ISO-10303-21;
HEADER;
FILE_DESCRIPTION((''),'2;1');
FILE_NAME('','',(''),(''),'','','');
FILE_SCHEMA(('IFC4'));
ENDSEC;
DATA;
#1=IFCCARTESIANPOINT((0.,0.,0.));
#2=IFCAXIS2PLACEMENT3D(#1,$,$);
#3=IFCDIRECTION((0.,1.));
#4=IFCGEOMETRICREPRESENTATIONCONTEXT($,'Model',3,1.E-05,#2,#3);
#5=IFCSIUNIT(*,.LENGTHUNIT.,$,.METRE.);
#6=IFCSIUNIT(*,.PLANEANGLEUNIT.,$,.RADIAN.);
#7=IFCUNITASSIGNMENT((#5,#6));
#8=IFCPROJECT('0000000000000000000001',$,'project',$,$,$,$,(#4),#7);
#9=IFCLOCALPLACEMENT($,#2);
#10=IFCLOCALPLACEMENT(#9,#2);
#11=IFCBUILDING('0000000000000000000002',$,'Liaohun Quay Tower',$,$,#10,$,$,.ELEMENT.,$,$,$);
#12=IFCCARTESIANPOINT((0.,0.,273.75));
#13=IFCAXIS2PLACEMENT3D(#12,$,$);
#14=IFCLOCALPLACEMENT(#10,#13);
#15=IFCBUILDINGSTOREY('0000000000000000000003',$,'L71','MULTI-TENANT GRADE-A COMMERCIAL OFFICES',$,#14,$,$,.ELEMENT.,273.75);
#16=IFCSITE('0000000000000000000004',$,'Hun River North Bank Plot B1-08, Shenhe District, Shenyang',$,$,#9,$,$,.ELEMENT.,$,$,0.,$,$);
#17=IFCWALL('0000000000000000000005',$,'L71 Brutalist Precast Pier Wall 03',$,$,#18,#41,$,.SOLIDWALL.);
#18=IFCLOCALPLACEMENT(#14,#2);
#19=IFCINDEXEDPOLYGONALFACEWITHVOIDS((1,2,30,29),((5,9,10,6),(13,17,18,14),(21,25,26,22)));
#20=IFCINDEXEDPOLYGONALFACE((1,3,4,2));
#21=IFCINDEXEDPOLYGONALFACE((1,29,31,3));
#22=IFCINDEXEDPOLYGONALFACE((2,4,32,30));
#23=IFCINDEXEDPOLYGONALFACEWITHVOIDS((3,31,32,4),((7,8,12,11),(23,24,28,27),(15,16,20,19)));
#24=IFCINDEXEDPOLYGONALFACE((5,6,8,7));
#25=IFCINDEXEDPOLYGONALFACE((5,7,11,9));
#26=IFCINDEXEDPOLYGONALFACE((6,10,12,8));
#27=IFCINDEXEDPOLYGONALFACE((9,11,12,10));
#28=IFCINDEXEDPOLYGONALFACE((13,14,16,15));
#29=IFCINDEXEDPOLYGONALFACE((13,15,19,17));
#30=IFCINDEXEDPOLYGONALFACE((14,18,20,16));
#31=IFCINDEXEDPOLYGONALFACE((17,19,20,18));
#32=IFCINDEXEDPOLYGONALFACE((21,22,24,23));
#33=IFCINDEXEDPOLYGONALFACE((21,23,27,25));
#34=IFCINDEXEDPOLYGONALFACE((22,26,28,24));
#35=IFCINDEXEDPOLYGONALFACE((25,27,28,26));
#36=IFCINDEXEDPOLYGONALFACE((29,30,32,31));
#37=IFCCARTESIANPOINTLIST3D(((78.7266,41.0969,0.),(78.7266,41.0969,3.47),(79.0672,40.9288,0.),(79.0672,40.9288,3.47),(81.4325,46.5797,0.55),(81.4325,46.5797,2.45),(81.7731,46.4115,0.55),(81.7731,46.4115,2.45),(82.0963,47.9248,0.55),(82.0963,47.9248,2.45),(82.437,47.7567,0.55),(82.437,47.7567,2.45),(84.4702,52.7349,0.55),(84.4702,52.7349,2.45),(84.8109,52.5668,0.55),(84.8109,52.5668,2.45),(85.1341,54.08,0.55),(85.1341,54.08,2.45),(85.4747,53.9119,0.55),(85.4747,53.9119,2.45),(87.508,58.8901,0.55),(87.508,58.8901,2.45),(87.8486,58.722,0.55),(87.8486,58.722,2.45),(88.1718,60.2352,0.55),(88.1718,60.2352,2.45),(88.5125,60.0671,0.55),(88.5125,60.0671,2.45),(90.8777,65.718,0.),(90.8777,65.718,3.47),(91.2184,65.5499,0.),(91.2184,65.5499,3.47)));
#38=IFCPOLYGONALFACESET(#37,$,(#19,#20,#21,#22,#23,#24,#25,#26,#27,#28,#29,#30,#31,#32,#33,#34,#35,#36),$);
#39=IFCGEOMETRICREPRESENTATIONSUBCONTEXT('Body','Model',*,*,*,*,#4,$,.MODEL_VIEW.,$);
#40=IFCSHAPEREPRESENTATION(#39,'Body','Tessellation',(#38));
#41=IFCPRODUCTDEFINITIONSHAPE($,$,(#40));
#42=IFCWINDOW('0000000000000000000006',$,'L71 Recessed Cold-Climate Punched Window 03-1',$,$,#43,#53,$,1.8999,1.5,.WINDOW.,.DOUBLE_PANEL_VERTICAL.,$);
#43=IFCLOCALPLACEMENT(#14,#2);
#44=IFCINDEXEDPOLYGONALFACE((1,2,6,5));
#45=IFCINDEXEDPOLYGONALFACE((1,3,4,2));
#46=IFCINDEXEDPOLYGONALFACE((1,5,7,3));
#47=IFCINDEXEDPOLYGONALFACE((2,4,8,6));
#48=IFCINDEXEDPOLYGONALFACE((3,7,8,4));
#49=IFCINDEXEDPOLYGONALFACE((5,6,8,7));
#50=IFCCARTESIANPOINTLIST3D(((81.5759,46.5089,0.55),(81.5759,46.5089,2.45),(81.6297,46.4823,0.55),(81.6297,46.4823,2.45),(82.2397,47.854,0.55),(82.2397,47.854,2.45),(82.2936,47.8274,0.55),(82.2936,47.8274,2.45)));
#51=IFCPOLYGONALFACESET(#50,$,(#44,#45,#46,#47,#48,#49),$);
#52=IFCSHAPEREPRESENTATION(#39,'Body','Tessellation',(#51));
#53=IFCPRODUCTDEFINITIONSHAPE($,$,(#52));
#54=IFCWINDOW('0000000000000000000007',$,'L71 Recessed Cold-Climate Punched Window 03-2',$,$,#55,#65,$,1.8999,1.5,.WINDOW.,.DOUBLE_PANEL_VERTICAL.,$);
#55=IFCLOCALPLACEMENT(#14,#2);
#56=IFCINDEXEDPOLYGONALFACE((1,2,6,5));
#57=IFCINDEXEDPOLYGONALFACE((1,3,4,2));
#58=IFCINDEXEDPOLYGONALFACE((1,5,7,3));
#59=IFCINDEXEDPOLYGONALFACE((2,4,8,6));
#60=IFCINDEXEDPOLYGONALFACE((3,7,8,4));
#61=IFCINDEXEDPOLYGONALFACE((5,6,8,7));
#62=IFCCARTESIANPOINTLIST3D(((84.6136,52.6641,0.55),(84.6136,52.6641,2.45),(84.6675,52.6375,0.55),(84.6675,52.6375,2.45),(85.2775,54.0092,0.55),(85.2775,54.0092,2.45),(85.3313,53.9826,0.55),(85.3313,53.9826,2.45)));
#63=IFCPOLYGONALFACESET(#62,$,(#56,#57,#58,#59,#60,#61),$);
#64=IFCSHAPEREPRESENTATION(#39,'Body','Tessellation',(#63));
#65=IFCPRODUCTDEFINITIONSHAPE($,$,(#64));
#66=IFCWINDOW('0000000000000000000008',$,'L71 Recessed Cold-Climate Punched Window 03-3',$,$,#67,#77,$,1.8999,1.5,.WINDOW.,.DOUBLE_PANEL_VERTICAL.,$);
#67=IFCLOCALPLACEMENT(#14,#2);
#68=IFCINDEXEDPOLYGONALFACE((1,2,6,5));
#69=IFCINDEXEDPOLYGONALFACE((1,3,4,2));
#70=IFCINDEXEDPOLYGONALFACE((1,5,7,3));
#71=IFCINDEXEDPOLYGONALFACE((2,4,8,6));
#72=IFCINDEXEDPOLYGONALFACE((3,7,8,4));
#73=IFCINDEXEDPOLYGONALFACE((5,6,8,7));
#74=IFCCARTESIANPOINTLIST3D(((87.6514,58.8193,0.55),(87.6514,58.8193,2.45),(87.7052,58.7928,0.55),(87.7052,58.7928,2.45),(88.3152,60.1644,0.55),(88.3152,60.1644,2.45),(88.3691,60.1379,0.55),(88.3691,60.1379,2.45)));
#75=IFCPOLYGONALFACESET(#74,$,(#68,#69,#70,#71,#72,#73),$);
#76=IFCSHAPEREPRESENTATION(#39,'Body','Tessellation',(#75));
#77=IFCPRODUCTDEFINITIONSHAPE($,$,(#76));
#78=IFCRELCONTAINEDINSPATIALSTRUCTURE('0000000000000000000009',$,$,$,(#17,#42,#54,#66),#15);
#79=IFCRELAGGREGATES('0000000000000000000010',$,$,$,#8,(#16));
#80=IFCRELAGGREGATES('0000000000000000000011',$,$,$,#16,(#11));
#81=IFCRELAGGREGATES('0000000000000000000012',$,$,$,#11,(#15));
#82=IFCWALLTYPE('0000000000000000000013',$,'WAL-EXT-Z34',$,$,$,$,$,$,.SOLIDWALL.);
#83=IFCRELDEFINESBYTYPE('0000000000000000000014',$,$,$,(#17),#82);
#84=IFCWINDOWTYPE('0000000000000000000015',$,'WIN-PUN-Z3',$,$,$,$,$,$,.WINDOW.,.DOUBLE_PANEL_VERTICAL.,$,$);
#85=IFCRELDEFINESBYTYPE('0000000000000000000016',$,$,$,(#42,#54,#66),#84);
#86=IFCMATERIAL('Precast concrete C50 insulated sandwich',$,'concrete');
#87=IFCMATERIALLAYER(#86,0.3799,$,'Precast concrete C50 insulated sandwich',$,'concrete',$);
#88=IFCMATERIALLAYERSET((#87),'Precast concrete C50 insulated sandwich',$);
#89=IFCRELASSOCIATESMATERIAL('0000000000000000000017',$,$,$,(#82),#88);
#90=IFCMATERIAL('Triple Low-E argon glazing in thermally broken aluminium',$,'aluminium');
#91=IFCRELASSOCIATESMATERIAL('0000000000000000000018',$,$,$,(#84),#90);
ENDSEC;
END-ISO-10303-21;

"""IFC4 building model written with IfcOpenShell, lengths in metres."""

from ifc_helpers import new_model, si_unit, direction, frame, frame_2d, origin, place, context, subcontext, project, spatial, rectangle, extrude, source, transform, mapped, material, layer, layer_set, type_object, element, fill, save


model = new_model("IFC4")

# Units and contexts
model_context = context("Model", 3, precision=1e-05, world=origin(), true_north=direction((0.0, 1.0)))
body_context = subcontext(model_context, "Body", "Model", "MODEL_VIEW")
ifc_project = project(units=[si_unit("LENGTHUNIT", "METRE"), si_unit("PLANEANGLEUNIT", "RADIAN")], contexts=[model_context])

# Site, building, storey
site_placement = place(None, origin())
site = spatial("IfcSite", under=ifc_project, at=site_placement, Name="Hun River North Bank Plot B1-08, Shenhe District, Shenyang", CompositionType="ELEMENT", RefElevation=0.0)
building_placement = place(site_placement, origin())
building = spatial("IfcBuilding", under=site, at=building_placement, Name="Liaohun Quay Tower", CompositionType="ELEMENT")
storey_placement = place(building_placement, frame((0.0, 0.0, 273.75)))
storey = spatial("IfcBuildingStorey", under=building, at=storey_placement, Name="L71", Description="MULTI-TENANT GRADE-A COMMERCIAL OFFICES", CompositionType="ELEMENT", Elevation=273.75)

# Shared definitions
ifc_material_1 = material(Name="Precast concrete C50 insulated sandwich", Category="concrete")
ifc_layer_1 = layer(ifc_material_1, 0.3799, Name="Precast concrete C50 insulated sandwich", Category="concrete")
ifc_layer_set_1 = layer_set([ifc_layer_1], Name="Precast concrete C50 insulated sandwich")
wall_type_1 = type_object("IfcWallType", Name="WAL-EXT-Z34", PredefinedType="SOLIDWALL", material=ifc_layer_set_1)

# Wall, openings, windows
shared_shape_1 = source(origin(), body_context, "Body", "SweptSolid", [
    extrude(rectangle(XDim=1.5, YDim=1.8999, at=frame_2d((0.75, 0.95))), frame((0.0, 0.2, 0.0), z_axis=(0.0, -1.0, 0.0), x_axis=(1.0, 0.0, 0.0)), (0.0, 0.0, 1.0), 0.3999),
])
ifc_material_2 = material(Name="Triple Low-E argon glazing in thermally broken aluminium", Category="aluminium")
window_type_1 = type_object("IfcWindowType", Name="WIN-PUN-Z3", PartitioningType="DOUBLE_PANEL_VERTICAL", PredefinedType="WINDOW", material=ifc_material_2)
shared_shape_2 = source(origin(), body_context, "Body", "SweptSolid", [
    extrude(rectangle(XDim=1.5, YDim=1.8999, at=frame_2d((0.75, 0.95))), frame((0.0, 0.03, 0.0), z_axis=(0.0, -1.0, 0.0), x_axis=(1.0, 0.0, 0.0)), (0.0, 0.0, 1.0), 0.0601),
])
wall_1_placement = place(storey_placement, frame((78.897, 41.0129, 0.0), z_axis=(0.0, 0.0, 1.0), x_axis=(0.442562, 0.896738, 0.0)))
wall_1 = element("IfcWall", 1, at=wall_1_placement, inside=storey, type_object=wall_type_1, Name="L71 Brutalist Precast Pier Wall 03", PredefinedType="SOLIDWALL", context=body_context, shape_type="SweptSolid", body=[
    extrude(rectangle(XDim=27.4563, YDim=0.3799, at=frame_2d((13.728, 0.0))), origin(), (0.0, 0.0, 1.0), 3.47),
])
opening_1_placement = place(wall_1_placement, frame((6.114, 0.0, 0.55)))
opening_1 = element("IfcOpeningElement", 2, at=opening_1_placement, cuts=wall_1, PredefinedType="OPENING", context=body_context, shape_type="MappedRepresentation", body=[
    mapped(shared_shape_1, transform((0.0, 0.0, 0.0), x_axis=(1.0, 0.0, 0.0), y_axis=(0.0, 1.0, 0.0), z_axis=(0.0, 0.0, 1.0), scale=1.0)),
])
opening_2_placement = place(wall_1_placement, frame((12.978, 0.0, 0.55)))
opening_2 = element("IfcOpeningElement", 3, at=opening_2_placement, cuts=wall_1, PredefinedType="OPENING", context=body_context, shape_type="MappedRepresentation", body=[
    mapped(shared_shape_1, transform((0.0, 0.0, 0.0), x_axis=(1.0, 0.0, 0.0), y_axis=(0.0, 1.0, 0.0), z_axis=(0.0, 0.0, 1.0), scale=1.0)),
])
opening_3_placement = place(wall_1_placement, frame((19.842, 0.0, 0.55)))
opening_3 = element("IfcOpeningElement", 4, at=opening_3_placement, cuts=wall_1, PredefinedType="OPENING", context=body_context, shape_type="MappedRepresentation", body=[
    mapped(shared_shape_1, transform((0.0, 0.0, 0.0), x_axis=(1.0, 0.0, 0.0), y_axis=(0.0, 1.0, 0.0), z_axis=(0.0, 0.0, 1.0), scale=1.0)),
])
window_1_placement = place(opening_1_placement, origin())
window_1 = element("IfcWindow", 5, at=window_1_placement, inside=storey, type_object=window_type_1, Name="L71 Recessed Cold-Climate Punched Window 03-1", OverallHeight=1.8999, OverallWidth=1.5, PartitioningType="DOUBLE_PANEL_VERTICAL", PredefinedType="WINDOW", context=body_context, shape_type="MappedRepresentation", body=[
    mapped(shared_shape_2, transform((0.0, 0.0, 0.0), x_axis=(1.0, 0.0, 0.0), y_axis=(0.0, 1.0, 0.0), z_axis=(0.0, 0.0, 1.0), scale=1.0)),
])
fill(opening_1, window_1)
window_2_placement = place(opening_2_placement, origin())
window_2 = element("IfcWindow", 6, at=window_2_placement, inside=storey, type_object=window_type_1, Name="L71 Recessed Cold-Climate Punched Window 03-2", OverallHeight=1.8999, OverallWidth=1.5, PartitioningType="DOUBLE_PANEL_VERTICAL", PredefinedType="WINDOW", context=body_context, shape_type="MappedRepresentation", body=[
    mapped(shared_shape_2, transform((0.0, 0.0, 0.0), x_axis=(1.0, 0.0, 0.0), y_axis=(0.0, 1.0, 0.0), z_axis=(0.0, 0.0, 1.0), scale=1.0)),
])
fill(opening_2, window_2)
window_3_placement = place(opening_3_placement, origin())
window_3 = element("IfcWindow", 7, at=window_3_placement, inside=storey, type_object=window_type_1, Name="L71 Recessed Cold-Climate Punched Window 03-3", OverallHeight=1.8999, OverallWidth=1.5, PartitioningType="DOUBLE_PANEL_VERTICAL", PredefinedType="WINDOW", context=body_context, shape_type="MappedRepresentation", body=[
    mapped(shared_shape_2, transform((0.0, 0.0, 0.0), x_axis=(1.0, 0.0, 0.0), y_axis=(0.0, 1.0, 0.0), z_axis=(0.0, 0.0, 1.0), scale=1.0)),
])
fill(opening_3, window_3)

save(model, "model.ifc")
